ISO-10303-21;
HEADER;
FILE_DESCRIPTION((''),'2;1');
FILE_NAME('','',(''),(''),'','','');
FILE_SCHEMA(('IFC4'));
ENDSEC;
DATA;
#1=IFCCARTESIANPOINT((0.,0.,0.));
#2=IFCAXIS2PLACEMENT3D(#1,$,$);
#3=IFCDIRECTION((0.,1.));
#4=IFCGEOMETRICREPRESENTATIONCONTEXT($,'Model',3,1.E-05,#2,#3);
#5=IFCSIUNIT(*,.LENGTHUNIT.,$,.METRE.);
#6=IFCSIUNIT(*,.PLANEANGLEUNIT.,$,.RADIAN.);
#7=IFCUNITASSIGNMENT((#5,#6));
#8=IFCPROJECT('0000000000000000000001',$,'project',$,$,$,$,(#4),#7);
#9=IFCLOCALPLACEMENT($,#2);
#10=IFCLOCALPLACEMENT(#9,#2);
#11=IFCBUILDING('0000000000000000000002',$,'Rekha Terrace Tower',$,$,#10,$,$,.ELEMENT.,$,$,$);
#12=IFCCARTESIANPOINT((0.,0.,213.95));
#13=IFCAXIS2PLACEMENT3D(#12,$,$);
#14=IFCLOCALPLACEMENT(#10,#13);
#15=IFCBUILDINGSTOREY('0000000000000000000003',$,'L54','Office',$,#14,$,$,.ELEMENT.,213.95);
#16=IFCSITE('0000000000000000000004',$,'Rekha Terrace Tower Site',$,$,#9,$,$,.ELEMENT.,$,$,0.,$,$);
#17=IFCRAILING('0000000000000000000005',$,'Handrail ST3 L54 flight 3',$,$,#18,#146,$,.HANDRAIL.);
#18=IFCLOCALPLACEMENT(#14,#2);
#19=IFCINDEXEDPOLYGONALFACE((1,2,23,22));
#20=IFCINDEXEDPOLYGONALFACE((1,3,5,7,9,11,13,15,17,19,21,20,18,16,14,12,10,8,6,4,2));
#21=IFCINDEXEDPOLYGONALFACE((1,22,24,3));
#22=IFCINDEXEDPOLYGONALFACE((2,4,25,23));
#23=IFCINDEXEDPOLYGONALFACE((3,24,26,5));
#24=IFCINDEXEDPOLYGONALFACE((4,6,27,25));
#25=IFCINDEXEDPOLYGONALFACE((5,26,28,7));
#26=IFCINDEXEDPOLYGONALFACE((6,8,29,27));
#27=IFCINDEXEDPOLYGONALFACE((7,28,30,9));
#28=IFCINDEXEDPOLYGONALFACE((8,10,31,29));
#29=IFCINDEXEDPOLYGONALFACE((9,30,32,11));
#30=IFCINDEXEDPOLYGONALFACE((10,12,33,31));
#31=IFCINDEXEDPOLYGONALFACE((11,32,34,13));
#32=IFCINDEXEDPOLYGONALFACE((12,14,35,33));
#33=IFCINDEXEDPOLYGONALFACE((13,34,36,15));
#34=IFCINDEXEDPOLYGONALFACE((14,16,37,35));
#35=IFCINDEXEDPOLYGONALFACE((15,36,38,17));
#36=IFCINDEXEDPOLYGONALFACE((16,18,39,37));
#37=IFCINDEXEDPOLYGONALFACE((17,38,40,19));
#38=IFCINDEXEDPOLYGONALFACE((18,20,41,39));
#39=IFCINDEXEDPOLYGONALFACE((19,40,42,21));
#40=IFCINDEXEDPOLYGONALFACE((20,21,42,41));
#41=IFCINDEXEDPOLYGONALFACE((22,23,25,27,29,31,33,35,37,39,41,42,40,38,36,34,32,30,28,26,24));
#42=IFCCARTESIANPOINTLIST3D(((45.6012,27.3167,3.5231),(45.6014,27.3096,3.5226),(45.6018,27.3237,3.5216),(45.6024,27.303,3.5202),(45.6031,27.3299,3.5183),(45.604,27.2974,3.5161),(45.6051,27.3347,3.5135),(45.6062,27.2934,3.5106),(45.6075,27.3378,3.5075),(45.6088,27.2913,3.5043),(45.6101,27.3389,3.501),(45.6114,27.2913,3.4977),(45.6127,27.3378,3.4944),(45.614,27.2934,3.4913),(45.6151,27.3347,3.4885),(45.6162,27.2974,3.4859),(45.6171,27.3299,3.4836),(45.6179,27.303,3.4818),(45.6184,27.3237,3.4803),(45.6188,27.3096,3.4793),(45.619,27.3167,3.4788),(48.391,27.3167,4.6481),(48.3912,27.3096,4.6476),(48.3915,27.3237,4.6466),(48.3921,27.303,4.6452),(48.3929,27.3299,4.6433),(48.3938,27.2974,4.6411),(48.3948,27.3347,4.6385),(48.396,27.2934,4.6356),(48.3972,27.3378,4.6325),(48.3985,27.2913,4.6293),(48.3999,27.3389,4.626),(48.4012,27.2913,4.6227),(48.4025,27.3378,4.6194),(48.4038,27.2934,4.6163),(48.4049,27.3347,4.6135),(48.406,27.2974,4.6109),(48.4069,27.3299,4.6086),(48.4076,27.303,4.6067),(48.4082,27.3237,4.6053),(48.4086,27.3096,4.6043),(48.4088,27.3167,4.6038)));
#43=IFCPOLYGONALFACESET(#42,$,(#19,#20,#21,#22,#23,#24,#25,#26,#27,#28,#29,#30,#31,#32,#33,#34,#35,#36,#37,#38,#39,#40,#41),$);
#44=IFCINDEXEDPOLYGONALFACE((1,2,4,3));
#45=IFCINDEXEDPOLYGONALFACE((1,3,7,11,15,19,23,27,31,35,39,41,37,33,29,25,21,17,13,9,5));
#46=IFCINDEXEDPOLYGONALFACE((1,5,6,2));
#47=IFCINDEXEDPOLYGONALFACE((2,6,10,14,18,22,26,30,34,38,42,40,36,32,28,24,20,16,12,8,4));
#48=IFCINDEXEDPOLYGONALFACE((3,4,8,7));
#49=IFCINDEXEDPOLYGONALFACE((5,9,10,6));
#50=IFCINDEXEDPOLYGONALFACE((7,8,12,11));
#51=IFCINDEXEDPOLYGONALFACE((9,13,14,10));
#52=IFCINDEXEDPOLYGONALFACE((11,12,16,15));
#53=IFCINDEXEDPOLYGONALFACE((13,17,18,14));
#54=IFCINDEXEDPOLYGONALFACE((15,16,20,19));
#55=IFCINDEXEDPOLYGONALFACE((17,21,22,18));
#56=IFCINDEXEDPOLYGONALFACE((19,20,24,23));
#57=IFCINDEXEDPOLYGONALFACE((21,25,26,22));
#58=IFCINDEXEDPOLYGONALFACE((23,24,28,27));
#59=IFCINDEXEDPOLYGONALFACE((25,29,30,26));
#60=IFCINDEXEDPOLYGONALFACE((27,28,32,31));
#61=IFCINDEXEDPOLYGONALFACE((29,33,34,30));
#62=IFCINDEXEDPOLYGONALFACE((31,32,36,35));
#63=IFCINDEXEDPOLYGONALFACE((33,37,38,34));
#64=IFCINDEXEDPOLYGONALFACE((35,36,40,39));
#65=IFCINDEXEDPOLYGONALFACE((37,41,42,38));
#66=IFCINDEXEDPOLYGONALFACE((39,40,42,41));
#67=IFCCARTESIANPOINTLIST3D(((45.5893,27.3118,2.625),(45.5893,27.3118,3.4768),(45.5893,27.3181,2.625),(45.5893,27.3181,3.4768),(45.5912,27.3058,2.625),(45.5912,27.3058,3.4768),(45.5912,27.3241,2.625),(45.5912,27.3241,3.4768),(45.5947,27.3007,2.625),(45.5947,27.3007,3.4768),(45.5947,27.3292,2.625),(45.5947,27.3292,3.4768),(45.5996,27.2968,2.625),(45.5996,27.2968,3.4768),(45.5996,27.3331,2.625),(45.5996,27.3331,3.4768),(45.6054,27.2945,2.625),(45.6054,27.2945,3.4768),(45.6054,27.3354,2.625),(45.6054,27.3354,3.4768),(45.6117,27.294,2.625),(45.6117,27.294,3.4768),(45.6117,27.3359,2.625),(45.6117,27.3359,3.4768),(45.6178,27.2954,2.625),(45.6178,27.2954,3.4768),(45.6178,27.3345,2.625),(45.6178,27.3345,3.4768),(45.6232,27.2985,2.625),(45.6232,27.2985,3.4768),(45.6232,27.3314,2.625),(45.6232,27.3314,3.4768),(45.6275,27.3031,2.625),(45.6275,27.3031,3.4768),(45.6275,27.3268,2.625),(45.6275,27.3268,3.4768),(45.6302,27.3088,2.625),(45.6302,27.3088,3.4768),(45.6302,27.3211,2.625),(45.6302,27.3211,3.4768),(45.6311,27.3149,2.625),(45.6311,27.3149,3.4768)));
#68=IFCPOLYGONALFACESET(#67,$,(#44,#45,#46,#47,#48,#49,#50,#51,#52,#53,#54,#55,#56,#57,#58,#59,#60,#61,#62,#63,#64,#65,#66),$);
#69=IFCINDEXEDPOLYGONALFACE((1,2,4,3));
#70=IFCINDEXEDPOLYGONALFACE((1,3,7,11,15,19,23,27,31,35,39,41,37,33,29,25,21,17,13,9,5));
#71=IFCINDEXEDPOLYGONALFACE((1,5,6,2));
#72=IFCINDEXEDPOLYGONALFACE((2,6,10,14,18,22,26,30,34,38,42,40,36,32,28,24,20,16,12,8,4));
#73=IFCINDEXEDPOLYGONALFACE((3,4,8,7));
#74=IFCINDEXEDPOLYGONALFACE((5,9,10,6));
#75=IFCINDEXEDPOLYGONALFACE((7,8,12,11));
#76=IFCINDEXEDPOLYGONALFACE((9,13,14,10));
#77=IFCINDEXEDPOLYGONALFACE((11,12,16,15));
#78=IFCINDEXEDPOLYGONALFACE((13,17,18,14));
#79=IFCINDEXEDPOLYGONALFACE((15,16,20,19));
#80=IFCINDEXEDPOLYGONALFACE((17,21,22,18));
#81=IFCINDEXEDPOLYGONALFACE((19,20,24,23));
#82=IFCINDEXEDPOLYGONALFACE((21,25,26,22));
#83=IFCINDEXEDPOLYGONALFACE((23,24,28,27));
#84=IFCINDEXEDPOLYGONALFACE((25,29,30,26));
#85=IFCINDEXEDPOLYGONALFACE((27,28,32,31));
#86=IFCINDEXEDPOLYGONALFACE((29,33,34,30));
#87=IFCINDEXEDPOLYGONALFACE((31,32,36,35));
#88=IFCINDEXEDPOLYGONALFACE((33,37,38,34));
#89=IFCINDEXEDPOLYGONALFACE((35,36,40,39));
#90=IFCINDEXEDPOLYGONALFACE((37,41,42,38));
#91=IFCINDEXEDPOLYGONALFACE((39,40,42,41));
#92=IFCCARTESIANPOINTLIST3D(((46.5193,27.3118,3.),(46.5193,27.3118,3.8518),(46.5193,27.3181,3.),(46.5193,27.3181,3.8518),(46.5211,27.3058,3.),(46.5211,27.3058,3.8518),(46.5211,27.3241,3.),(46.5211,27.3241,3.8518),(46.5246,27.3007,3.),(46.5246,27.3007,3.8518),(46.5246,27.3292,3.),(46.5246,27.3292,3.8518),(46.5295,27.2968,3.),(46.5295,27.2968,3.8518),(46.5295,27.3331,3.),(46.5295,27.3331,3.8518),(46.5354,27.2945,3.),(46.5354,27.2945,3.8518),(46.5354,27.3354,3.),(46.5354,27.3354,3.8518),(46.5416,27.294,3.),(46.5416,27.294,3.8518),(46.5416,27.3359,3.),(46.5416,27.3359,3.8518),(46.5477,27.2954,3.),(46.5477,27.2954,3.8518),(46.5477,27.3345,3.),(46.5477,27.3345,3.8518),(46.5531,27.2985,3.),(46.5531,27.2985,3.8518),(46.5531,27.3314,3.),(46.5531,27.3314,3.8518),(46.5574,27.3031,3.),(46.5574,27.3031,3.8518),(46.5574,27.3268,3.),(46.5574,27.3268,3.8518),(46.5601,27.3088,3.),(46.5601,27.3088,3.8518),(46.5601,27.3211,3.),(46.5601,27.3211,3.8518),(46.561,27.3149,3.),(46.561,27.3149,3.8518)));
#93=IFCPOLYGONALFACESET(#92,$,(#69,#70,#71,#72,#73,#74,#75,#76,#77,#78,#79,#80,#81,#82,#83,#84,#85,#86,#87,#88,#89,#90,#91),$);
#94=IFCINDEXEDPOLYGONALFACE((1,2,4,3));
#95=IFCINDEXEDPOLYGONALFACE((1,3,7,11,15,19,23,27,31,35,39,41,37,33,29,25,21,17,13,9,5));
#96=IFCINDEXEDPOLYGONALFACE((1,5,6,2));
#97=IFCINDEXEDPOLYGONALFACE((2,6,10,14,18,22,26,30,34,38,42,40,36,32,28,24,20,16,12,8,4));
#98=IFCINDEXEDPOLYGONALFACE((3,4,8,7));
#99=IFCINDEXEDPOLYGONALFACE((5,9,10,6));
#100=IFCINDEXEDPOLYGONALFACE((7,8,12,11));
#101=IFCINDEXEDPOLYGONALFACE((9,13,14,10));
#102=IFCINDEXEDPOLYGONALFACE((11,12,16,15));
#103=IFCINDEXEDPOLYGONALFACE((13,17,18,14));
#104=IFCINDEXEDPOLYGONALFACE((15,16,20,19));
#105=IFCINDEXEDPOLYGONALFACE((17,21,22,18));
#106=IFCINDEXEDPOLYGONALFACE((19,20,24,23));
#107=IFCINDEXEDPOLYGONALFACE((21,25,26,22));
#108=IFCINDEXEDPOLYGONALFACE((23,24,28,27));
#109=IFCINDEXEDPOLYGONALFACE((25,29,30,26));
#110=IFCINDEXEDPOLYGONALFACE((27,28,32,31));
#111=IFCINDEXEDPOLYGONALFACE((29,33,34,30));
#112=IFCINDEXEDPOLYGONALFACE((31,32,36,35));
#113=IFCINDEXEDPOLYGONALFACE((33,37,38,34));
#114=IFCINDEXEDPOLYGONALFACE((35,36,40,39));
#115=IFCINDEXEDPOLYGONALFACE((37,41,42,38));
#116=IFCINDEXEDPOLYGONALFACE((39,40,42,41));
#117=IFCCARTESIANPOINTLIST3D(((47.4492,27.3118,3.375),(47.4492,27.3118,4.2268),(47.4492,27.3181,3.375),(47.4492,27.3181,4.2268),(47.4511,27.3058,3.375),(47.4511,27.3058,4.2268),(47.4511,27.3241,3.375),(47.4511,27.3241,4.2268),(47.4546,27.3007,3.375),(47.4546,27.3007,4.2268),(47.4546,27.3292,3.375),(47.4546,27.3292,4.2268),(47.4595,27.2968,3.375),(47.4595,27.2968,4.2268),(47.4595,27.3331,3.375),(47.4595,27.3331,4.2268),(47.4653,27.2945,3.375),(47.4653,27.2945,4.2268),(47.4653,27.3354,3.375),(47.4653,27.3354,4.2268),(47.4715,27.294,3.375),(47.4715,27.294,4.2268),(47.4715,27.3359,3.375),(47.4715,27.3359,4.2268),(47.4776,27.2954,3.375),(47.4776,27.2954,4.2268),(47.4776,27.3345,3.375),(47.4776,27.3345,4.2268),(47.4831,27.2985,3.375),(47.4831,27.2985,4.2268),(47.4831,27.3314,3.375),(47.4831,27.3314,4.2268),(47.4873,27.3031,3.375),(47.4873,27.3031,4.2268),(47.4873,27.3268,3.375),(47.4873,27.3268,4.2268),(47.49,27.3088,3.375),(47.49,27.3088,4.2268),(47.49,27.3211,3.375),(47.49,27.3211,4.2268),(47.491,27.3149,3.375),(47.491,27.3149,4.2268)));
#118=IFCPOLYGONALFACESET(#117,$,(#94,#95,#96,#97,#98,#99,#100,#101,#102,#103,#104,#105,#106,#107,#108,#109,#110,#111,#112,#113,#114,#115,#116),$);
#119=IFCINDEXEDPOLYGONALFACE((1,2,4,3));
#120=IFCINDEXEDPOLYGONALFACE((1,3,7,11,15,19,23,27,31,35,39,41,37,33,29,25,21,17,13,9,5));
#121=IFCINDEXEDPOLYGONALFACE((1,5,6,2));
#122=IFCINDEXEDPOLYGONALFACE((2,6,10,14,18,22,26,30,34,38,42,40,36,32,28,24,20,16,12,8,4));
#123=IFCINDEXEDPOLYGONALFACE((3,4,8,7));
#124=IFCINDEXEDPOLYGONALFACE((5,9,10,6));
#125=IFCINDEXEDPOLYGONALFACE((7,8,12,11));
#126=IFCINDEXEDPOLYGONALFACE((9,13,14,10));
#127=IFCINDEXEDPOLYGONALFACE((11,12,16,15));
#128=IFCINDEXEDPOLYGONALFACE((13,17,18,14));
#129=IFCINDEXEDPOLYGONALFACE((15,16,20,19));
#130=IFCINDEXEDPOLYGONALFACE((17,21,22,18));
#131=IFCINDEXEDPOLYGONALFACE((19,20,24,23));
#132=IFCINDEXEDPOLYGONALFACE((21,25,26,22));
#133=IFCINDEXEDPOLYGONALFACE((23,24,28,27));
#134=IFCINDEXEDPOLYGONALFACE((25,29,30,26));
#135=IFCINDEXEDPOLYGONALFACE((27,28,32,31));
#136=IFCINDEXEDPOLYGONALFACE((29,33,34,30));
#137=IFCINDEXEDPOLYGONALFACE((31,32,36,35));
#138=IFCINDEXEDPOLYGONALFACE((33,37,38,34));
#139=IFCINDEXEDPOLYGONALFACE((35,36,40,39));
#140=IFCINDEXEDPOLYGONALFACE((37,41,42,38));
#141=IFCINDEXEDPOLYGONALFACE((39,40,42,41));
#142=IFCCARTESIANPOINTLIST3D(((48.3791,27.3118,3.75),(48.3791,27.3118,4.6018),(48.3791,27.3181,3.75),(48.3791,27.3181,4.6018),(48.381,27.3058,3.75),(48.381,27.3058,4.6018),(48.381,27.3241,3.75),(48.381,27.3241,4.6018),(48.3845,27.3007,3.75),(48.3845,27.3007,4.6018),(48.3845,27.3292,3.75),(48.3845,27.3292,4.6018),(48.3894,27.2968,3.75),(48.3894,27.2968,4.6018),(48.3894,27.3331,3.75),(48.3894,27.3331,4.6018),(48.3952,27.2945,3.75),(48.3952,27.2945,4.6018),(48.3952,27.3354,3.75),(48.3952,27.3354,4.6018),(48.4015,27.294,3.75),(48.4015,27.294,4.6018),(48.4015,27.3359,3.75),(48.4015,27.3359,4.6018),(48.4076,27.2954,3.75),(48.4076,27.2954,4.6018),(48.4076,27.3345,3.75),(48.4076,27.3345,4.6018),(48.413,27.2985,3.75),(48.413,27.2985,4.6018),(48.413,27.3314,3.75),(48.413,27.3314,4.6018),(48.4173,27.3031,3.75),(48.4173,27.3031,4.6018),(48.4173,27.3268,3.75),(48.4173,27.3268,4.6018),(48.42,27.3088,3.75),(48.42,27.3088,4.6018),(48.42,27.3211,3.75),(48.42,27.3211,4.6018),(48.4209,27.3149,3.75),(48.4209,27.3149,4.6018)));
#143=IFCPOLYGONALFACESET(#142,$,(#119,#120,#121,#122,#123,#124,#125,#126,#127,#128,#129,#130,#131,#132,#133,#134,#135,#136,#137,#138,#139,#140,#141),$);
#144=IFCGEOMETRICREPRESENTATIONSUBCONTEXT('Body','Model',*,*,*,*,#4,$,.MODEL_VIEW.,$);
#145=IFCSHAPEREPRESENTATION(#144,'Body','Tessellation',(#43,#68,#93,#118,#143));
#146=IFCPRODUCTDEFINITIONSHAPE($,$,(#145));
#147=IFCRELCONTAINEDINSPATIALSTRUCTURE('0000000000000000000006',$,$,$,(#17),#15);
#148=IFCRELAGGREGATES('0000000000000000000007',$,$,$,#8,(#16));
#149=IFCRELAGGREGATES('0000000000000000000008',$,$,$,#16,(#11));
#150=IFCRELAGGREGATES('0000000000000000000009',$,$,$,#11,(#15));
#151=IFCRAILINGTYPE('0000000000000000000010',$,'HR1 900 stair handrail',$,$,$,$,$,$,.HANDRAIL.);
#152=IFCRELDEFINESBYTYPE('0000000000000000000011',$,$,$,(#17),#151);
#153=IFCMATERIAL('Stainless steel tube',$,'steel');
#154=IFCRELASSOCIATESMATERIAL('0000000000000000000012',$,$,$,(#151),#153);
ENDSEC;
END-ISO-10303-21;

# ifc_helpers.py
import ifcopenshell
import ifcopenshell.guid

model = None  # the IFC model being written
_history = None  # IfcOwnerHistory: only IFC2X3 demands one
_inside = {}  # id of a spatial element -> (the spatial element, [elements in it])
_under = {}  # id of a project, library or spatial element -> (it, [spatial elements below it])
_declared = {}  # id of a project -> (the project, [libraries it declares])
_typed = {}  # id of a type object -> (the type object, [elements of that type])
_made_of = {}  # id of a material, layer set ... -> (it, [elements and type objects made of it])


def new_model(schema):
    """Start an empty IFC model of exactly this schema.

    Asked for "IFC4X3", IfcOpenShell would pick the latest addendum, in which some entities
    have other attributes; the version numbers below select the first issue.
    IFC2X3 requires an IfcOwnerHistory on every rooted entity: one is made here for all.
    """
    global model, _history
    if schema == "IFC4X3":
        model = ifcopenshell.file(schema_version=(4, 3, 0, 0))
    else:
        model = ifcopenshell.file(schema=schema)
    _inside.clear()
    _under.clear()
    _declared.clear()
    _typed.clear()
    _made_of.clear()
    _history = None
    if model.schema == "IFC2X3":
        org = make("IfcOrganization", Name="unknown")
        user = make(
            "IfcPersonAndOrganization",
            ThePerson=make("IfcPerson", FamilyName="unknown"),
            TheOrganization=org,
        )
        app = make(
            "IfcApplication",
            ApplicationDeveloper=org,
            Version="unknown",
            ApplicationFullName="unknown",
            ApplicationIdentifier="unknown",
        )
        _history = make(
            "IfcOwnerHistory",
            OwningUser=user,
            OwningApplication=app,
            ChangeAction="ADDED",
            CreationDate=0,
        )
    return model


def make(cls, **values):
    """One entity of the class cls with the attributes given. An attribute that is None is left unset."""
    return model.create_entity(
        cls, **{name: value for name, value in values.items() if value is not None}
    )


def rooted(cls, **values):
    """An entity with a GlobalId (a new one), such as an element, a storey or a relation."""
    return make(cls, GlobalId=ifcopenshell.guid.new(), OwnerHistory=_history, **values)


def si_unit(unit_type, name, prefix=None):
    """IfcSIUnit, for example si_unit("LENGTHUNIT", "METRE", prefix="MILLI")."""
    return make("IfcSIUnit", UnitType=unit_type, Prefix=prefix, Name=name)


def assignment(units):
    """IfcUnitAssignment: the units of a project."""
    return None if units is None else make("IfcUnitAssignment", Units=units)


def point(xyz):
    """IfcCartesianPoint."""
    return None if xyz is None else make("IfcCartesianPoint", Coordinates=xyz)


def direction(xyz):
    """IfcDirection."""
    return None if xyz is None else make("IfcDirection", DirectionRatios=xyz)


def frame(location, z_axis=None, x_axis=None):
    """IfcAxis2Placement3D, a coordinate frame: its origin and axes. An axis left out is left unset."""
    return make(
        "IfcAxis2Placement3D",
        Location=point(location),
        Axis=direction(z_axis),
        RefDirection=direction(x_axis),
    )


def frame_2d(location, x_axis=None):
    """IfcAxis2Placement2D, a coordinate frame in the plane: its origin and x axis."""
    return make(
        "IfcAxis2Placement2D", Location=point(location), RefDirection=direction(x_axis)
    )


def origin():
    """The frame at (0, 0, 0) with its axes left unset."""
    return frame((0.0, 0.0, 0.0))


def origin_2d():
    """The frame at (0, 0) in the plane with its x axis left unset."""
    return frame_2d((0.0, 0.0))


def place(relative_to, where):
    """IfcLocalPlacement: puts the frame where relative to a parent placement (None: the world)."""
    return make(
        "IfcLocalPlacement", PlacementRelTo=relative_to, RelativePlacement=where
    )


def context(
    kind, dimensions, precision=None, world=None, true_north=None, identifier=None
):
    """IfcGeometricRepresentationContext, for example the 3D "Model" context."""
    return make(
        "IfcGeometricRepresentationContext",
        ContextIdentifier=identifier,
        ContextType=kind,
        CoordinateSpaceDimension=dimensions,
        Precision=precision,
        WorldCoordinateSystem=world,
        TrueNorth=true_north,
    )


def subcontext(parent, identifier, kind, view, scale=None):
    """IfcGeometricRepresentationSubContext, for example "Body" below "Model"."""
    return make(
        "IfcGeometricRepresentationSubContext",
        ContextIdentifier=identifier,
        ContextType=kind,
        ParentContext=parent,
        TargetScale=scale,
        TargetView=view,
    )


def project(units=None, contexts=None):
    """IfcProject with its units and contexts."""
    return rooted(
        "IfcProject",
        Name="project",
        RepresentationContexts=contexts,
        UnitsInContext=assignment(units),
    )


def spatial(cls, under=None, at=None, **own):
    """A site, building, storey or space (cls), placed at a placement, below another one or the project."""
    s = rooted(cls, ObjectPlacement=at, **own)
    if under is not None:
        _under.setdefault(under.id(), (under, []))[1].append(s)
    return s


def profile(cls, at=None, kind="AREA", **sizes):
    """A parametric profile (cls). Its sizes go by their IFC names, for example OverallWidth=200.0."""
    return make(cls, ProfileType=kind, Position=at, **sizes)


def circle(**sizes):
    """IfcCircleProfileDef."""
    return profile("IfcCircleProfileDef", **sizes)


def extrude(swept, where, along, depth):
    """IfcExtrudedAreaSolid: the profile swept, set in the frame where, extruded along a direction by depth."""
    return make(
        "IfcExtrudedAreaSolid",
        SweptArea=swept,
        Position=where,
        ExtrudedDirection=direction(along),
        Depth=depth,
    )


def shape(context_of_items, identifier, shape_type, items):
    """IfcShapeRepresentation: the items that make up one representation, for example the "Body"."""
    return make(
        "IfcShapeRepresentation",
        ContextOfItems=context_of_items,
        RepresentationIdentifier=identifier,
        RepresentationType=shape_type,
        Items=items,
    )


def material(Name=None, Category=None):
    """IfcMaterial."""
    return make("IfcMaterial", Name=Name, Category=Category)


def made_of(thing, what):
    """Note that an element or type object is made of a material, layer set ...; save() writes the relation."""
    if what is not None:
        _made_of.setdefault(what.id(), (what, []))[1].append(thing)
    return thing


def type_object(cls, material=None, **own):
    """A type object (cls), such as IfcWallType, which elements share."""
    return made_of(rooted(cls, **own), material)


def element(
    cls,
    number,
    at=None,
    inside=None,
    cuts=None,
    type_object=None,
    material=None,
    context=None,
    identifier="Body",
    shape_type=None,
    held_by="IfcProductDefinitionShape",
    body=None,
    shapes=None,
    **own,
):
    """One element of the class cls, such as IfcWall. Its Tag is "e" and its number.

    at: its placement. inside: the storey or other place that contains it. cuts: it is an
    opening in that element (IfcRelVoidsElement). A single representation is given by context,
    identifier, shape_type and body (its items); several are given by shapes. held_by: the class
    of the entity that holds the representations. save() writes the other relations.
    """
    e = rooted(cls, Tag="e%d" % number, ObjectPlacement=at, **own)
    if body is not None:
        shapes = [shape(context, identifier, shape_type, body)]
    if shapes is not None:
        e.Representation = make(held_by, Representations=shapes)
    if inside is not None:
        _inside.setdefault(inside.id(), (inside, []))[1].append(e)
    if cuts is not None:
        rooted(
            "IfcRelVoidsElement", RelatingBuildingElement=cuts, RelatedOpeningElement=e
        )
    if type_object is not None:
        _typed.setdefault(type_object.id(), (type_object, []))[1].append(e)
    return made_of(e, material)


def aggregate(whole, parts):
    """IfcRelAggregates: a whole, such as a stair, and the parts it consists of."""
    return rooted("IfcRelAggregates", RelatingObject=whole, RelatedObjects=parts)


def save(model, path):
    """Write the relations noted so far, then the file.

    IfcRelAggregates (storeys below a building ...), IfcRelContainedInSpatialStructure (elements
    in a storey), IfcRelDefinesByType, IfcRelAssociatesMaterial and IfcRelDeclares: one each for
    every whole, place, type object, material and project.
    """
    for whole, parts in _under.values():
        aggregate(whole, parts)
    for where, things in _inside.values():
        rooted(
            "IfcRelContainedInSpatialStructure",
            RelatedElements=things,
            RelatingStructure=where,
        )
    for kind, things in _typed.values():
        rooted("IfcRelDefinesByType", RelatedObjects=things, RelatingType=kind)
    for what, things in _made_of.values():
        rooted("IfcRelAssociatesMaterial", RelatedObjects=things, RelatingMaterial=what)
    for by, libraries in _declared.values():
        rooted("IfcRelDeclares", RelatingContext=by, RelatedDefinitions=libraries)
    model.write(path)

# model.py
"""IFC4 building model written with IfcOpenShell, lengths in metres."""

from ifc_helpers import new_model, si_unit, direction, frame, origin, origin_2d, place, context, subcontext, project, spatial, circle, extrude, material, type_object, element, save


model = new_model("IFC4")

# Units and contexts
model_context = context("Model", 3, precision=1e-05, world=origin(), true_north=direction((0.0, 1.0)))
body_context = subcontext(model_context, "Body", "Model", "MODEL_VIEW")
ifc_project = project(units=[si_unit("LENGTHUNIT", "METRE"), si_unit("PLANEANGLEUNIT", "RADIAN")], contexts=[model_context])

# Site, building, storey
site_placement = place(None, origin())
site = spatial("IfcSite", under=ifc_project, at=site_placement, Name="Rekha Terrace Tower Site", CompositionType="ELEMENT", RefElevation=0.0)
building_placement = place(site_placement, origin())
building = spatial("IfcBuilding", under=site, at=building_placement, Name="Rekha Terrace Tower", CompositionType="ELEMENT")
storey_placement = place(building_placement, frame((0.0, 0.0, 213.95)))
storey = spatial("IfcBuildingStorey", under=building, at=storey_placement, Name="L54", Description="Office", CompositionType="ELEMENT", Elevation=213.95)

# Railing
ifc_material_1 = material(Name="Stainless steel tube", Category="steel")
railing_type_1 = type_object("IfcRailingType", Name="HR1 900 stair handrail", PredefinedType="HANDRAIL", material=ifc_material_1)
railing_1_placement = place(storey_placement, frame((45.6101, 27.3149, 2.625)))
element("IfcRailing", 1, at=railing_1_placement, inside=storey, type_object=railing_type_1, Name="Handrail ST3 L54 flight 3", PredefinedType="HANDRAIL", context=body_context, shape_type="SweptSolid", body=[
    extrude(circle(Radius=0.0239, at=origin_2d()), frame((0.0, 0.0, 0.876), z_axis=(0.927432, 0.0, 0.373992), x_axis=(0.0, 1.0, 0.0)), (0.0, 0.0, 1.0), 3.0081),
    extrude(circle(Radius=0.021, at=origin_2d()), origin(), (0.0, 0.0, 1.0), 0.8518),
    extrude(circle(Radius=0.021, at=origin_2d()), frame((0.9299, 0.0, 0.375)), (0.0, 0.0, 1.0), 0.8518),
    extrude(circle(Radius=0.021, at=origin_2d()), frame((1.8599, 0.0, 0.75)), (0.0, 0.0, 1.0), 0.8518),
    extrude(circle(Radius=0.021, at=origin_2d()), frame((2.7898, 0.0, 1.125)), (0.0, 0.0, 1.0), 0.8518),
])

save(model, "model.ifc")
